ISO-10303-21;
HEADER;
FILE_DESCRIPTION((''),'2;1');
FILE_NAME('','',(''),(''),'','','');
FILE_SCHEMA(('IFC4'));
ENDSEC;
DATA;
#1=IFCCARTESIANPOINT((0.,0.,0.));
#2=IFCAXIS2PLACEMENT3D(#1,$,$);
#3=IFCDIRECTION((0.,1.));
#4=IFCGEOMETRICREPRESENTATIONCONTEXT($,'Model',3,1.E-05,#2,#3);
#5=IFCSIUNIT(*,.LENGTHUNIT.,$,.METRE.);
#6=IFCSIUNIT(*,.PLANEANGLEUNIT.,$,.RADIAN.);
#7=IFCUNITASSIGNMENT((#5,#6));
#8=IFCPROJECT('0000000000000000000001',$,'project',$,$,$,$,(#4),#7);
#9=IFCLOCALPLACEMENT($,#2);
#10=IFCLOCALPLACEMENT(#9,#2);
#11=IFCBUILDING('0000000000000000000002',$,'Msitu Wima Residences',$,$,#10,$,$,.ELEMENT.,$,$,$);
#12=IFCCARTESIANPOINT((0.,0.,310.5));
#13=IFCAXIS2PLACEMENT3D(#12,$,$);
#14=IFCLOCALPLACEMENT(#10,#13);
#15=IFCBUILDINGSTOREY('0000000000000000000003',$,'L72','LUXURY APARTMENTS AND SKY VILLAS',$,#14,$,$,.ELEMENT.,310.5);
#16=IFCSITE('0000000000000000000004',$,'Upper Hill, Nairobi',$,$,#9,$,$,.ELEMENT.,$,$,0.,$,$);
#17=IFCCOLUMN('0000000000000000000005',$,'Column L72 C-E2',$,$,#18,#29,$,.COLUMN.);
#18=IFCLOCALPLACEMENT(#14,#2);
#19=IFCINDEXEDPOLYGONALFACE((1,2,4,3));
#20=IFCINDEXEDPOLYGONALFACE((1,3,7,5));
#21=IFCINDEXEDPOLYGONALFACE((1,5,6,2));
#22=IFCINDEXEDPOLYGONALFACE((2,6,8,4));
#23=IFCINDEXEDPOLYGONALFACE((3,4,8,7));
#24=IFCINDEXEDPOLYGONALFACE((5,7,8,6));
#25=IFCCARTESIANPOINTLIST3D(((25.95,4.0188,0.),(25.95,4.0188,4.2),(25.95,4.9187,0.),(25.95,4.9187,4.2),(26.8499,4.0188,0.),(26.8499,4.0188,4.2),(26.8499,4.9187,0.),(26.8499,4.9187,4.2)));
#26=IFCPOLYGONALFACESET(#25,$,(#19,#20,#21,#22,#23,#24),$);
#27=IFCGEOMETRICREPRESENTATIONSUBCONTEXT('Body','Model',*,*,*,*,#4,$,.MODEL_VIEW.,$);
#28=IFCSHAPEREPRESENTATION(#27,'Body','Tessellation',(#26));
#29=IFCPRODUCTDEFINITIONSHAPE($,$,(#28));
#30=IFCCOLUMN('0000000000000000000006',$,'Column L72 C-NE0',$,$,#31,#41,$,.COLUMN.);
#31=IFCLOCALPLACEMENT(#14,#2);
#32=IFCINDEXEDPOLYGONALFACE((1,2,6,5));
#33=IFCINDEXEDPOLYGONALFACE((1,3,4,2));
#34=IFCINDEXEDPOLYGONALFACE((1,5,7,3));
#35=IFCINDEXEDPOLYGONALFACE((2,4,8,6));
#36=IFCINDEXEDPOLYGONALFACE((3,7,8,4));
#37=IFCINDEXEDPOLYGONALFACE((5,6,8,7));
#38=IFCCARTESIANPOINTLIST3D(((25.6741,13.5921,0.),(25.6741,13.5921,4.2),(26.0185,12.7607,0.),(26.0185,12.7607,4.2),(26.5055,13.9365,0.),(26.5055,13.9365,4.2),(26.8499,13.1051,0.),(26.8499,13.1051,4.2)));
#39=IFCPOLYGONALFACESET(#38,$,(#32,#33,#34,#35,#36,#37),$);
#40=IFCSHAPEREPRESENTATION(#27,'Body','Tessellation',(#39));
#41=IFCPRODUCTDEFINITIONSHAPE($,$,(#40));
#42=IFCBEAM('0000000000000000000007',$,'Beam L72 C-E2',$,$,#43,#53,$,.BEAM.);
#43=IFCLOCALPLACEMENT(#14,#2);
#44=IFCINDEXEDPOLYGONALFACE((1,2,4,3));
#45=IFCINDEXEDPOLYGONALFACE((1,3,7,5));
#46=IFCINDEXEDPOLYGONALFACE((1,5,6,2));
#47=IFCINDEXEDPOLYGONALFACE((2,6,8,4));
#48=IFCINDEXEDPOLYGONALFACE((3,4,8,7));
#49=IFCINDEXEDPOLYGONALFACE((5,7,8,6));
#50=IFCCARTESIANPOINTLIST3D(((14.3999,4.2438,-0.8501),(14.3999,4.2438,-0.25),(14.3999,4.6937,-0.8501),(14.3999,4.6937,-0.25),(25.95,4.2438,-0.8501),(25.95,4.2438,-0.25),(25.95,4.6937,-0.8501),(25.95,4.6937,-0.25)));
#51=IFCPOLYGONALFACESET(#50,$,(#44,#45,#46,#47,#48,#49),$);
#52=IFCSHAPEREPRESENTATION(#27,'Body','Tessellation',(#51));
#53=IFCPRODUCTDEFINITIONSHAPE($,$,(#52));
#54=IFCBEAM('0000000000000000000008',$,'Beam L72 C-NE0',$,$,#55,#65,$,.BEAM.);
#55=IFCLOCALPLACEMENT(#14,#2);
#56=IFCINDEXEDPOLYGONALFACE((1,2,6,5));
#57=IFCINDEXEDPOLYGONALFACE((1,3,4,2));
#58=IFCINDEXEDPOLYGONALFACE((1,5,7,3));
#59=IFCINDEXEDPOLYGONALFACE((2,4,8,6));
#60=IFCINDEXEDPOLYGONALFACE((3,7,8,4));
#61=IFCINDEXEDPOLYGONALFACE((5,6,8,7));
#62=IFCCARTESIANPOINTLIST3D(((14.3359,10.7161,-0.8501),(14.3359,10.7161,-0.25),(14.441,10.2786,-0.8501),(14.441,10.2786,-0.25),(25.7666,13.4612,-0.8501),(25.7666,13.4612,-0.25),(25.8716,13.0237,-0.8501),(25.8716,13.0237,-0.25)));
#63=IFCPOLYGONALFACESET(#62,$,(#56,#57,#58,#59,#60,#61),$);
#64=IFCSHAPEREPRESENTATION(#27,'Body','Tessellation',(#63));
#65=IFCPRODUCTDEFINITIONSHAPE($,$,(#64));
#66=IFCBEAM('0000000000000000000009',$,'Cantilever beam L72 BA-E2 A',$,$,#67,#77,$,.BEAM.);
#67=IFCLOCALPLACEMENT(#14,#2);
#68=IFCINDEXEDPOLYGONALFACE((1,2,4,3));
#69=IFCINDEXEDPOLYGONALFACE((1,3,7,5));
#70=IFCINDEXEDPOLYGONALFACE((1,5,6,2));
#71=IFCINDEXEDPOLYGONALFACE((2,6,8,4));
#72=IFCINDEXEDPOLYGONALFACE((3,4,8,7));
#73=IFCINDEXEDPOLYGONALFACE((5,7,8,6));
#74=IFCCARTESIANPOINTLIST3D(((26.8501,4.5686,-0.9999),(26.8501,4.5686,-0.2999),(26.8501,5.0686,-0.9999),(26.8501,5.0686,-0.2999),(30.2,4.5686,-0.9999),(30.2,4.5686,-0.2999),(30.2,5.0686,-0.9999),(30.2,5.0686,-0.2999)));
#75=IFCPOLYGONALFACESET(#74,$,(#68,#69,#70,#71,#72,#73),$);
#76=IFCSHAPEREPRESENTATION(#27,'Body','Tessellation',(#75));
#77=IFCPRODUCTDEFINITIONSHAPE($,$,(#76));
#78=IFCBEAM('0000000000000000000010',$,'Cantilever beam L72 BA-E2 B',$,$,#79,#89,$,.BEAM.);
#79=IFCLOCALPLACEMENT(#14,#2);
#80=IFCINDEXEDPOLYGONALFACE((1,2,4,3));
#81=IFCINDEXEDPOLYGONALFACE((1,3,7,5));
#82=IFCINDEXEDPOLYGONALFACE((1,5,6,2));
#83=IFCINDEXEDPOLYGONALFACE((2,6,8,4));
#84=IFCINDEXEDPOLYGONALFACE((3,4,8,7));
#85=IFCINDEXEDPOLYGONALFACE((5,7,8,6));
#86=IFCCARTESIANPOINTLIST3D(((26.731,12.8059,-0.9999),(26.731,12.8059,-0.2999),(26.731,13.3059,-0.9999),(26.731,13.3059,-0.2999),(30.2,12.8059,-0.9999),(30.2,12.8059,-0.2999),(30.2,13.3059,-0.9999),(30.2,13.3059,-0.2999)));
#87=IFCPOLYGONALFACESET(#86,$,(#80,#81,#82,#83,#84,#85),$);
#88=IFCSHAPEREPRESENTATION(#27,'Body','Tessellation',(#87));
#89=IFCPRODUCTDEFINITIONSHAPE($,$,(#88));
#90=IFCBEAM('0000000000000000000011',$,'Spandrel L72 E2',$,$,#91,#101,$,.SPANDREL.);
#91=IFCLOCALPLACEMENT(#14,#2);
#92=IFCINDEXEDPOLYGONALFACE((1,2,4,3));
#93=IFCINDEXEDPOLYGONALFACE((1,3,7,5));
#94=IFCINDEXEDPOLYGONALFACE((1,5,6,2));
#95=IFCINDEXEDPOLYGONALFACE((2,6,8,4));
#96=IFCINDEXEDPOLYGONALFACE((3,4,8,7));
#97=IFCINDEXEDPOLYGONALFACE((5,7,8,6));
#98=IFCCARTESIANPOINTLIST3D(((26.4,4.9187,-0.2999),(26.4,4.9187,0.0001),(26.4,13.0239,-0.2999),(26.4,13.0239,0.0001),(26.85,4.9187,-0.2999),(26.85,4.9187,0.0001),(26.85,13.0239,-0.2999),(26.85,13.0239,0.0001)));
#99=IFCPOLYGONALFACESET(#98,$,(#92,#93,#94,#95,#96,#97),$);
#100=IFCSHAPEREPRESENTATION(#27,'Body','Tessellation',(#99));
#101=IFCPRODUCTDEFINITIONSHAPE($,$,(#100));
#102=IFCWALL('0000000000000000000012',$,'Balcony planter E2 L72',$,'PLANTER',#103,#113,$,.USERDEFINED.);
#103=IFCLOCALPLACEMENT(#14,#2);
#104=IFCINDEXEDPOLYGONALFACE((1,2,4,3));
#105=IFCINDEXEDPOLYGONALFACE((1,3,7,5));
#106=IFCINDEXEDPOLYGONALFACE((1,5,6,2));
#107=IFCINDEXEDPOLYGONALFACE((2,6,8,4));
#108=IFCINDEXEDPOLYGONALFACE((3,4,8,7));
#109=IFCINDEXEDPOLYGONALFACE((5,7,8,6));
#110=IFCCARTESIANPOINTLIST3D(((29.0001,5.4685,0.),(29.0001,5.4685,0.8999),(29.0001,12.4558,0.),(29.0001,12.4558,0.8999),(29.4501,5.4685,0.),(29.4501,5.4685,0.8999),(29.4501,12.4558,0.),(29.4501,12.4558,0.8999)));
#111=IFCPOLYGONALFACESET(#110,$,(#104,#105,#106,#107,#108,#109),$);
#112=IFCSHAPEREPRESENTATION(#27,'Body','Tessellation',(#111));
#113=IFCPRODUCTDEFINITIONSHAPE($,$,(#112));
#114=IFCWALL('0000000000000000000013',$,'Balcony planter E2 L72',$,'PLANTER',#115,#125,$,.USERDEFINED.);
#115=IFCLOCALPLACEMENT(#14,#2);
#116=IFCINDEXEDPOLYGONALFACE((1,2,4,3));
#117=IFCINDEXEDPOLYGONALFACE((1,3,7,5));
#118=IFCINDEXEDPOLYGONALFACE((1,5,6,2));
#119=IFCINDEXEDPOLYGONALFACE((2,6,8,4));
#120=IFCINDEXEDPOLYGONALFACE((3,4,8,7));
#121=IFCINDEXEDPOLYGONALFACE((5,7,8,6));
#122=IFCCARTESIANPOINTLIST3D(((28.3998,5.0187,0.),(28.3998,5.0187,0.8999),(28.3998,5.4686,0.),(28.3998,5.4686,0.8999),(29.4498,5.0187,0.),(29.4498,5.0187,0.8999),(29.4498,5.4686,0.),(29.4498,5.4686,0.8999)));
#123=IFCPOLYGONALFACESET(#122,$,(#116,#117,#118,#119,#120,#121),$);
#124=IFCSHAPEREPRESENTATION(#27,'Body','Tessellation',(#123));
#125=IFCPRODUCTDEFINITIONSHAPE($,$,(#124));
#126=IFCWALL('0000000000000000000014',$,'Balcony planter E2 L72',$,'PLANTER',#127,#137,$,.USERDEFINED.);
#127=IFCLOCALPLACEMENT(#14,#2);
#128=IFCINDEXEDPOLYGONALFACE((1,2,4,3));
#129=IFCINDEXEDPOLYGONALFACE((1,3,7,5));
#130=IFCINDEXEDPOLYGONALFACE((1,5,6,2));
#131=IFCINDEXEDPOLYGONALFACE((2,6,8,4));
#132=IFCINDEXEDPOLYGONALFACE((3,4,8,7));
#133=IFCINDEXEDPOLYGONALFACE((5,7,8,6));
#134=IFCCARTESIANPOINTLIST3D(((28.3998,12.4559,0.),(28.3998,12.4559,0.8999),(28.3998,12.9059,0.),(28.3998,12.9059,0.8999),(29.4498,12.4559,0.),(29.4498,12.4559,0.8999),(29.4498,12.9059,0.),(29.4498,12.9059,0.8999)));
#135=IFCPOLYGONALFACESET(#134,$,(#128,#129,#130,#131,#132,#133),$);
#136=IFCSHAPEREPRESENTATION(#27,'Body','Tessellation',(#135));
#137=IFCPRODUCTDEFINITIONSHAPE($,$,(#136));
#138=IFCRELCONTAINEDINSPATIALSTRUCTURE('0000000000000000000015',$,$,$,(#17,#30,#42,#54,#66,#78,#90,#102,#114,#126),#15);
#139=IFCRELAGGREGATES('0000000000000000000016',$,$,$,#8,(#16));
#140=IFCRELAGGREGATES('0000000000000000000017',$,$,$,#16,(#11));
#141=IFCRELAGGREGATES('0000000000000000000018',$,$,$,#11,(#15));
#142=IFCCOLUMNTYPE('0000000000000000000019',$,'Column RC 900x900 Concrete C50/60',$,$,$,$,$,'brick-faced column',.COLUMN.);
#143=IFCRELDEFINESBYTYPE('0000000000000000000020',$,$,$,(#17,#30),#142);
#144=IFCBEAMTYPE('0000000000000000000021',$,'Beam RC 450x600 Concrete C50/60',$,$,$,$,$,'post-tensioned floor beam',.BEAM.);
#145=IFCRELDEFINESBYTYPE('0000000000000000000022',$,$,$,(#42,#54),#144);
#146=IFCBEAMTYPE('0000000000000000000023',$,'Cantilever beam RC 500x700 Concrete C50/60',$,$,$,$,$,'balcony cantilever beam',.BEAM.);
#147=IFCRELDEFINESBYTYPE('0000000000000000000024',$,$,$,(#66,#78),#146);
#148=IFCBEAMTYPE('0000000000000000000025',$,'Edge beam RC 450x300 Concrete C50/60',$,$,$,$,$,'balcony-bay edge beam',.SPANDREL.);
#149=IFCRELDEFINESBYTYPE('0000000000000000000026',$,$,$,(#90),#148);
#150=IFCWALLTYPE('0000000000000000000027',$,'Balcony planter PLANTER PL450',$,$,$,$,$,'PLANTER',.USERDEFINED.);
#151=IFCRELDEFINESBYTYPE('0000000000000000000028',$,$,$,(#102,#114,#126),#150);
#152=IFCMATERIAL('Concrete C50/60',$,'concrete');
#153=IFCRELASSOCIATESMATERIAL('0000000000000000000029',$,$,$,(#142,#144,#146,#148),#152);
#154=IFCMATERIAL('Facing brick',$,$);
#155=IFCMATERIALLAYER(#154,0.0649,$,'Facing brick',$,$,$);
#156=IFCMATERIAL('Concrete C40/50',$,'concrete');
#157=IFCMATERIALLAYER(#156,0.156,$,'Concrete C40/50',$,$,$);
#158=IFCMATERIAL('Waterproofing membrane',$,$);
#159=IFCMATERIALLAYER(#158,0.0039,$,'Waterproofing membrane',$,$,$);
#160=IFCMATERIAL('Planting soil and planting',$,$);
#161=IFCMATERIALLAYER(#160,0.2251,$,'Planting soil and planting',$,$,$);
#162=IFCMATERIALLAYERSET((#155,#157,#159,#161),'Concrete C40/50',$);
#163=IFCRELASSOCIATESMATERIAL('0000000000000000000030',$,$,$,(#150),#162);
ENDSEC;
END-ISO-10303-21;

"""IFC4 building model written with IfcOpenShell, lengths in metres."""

from ifc_helpers import new_model, si_unit, direction, frame, frame_2d, origin, origin_2d, place, context, subcontext, project, spatial, rectangle, extrude, material, layer, layer_set, material_profile, profile_set, type_object, element, save


model = new_model("IFC4")

# Units and contexts
model_context = context("Model", 3, precision=1e-05, world=origin(), true_north=direction((0.0, 1.0)))
body_context = subcontext(model_context, "Body", "Model", "MODEL_VIEW")
ifc_project = project(units=[si_unit("LENGTHUNIT", "METRE"), si_unit("PLANEANGLEUNIT", "RADIAN")], contexts=[model_context])

# Site, building, storey
site_placement = place(None, origin())
site = spatial("IfcSite", under=ifc_project, at=site_placement, Name="Upper Hill, Nairobi", CompositionType="ELEMENT", RefElevation=0.0)
building_placement = place(site_placement, origin())
building = spatial("IfcBuilding", under=site, at=building_placement, Name="Msitu Wima Residences", CompositionType="ELEMENT")
storey_placement = place(building_placement, frame((0.0, 0.0, 310.5)))
storey = spatial("IfcBuildingStorey", under=building, at=storey_placement, Name="L72", Description="LUXURY APARTMENTS AND SKY VILLAS", CompositionType="ELEMENT", Elevation=310.5)

# Columns
ifc_material_1 = material(Name="Concrete C50/60", Category="concrete")
ifc_material_profile_1 = material_profile(ifc_material_1, rectangle(XDim=0.8999, YDim=0.8999, at=origin_2d()), Name="RC 900x900")
ifc_profile_set_1 = profile_set([ifc_material_profile_1], Name="Concrete C50/60")
column_type = type_object("IfcColumnType", Name="Column RC 900x900 Concrete C50/60", ElementType="brick-faced column", PredefinedType="COLUMN", material=ifc_profile_set_1)
for number, where, z_axis, x_axis, name in (
    (1, (26.3999, 4.4688, 0.0), (0.0, 0.0, 1.0), (0.0, 1.0, 0.0), "Column L72 C-E2"),
    (2, (26.262, 13.3486, 0.0), (0.0, 0.0, 1.0), (-0.382683, 0.92388, 0.0), "Column L72 C-NE0"),
):
    element("IfcColumn", number, at=place(storey_placement, frame(where, z_axis=z_axis, x_axis=x_axis)), inside=storey, type_object=column_type, Name=name, PredefinedType="COLUMN", context=body_context, shape_type="SweptSolid", body=[
        extrude(rectangle(XDim=0.8999, YDim=0.8999, at=origin_2d()), origin(), (0.0, 0.0, 1.0), 4.2),
    ])

# Beams
ifc_material_profile_2 = material_profile(ifc_material_1, rectangle(XDim=0.45, YDim=0.6001, at=origin_2d()), Name="RC 450x600")
ifc_profile_set_2 = profile_set([ifc_material_profile_2], Name="Concrete C50/60")
beam_type_1 = type_object("IfcBeamType", Name="Beam RC 450x600 Concrete C50/60", ElementType="post-tensioned floor beam", PredefinedType="BEAM", material=ifc_profile_set_2)
beam_1_placement = place(storey_placement, frame((25.95, 4.4688, -0.55), z_axis=(-1.0, 0.0, 0.0), x_axis=(0.0, -1.0, 0.0)))
element("IfcBeam", 3, at=beam_1_placement, inside=storey, type_object=beam_type_1, Name="Beam L72 C-E2", PredefinedType="BEAM", context=body_context, shape_type="SweptSolid", body=[
    extrude(rectangle(XDim=0.45, YDim=0.6001, at=origin_2d()), origin(), (0.0, 0.0, 1.0), 11.55),
])
beam_2_placement = place(storey_placement, frame((25.8191, 13.2424, -0.55), z_axis=(-0.972353, -0.233514, 0.0), x_axis=(0.233514, -0.972353, 0.0)))
element("IfcBeam", 4, at=beam_2_placement, inside=storey, type_object=beam_type_1, Name="Beam L72 C-NE0", PredefinedType="BEAM", context=body_context, shape_type="SweptSolid", body=[
    extrude(rectangle(XDim=0.45, YDim=0.6001, at=origin_2d()), origin(), (0.0, 0.0, 1.0), 11.7556),
])
ifc_material_profile_3 = material_profile(ifc_material_1, rectangle(XDim=0.5, YDim=0.7, at=origin_2d()), Name="RC 500x700")
ifc_profile_set_3 = profile_set([ifc_material_profile_3], Name="Concrete C50/60")
beam_type_2 = type_object("IfcBeamType", Name="Cantilever beam RC 500x700 Concrete C50/60", ElementType="balcony cantilever beam", PredefinedType="BEAM", material=ifc_profile_set_3)
beam_3_placement = place(storey_placement, frame((26.8501, 4.8186, -0.6499), z_axis=(1.0, 0.0, 0.0), x_axis=(0.0, 1.0, 0.0)))
element("IfcBeam", 5, at=beam_3_placement, inside=storey, type_object=beam_type_2, Name="Cantilever beam L72 BA-E2 A", PredefinedType="BEAM", context=body_context, shape_type="SweptSolid", body=[
    extrude(rectangle(XDim=0.5, YDim=0.7, at=origin_2d()), origin(), (0.0, 0.0, 1.0), 3.3499),
])
beam_4_placement = place(storey_placement, frame((26.731, 13.0559, -0.6499), z_axis=(1.0, 0.0, 0.0), x_axis=(0.0, 1.0, 0.0)))
element("IfcBeam", 6, at=beam_4_placement, inside=storey, type_object=beam_type_2, Name="Cantilever beam L72 BA-E2 B", PredefinedType="BEAM", context=body_context, shape_type="SweptSolid", body=[
    extrude(rectangle(XDim=0.5, YDim=0.7, at=origin_2d()), origin(), (0.0, 0.0, 1.0), 3.469),
])
ifc_material_profile_4 = material_profile(ifc_material_1, rectangle(XDim=0.45, YDim=0.3, at=origin_2d()), Name="RC 450x300")
ifc_profile_set_4 = profile_set([ifc_material_profile_4], Name="Concrete C50/60")
beam_type_3 = type_object("IfcBeamType", Name="Edge beam RC 450x300 Concrete C50/60", ElementType="balcony-bay edge beam", PredefinedType="SPANDREL", material=ifc_profile_set_4)
beam_5_placement = place(storey_placement, frame((26.625, 4.9187, -0.1499), z_axis=(0.0, 1.0, 0.0), x_axis=(-1.0, 0.0, 0.0)))
element("IfcBeam", 7, at=beam_5_placement, inside=storey, type_object=beam_type_3, Name="Spandrel L72 E2", PredefinedType="SPANDREL", context=body_context, shape_type="SweptSolid", body=[
    extrude(rectangle(XDim=0.45, YDim=0.3, at=origin_2d()), origin(), (0.0, 0.0, 1.0), 8.1052),
])

# Walls
ifc_material_2 = material(Name="Facing brick")
ifc_layer_1 = layer(ifc_material_2, 0.0649, Name="Facing brick")
ifc_material_3 = material(Name="Concrete C40/50", Category="concrete")
ifc_layer_2 = layer(ifc_material_3, 0.156, Name="Concrete C40/50")
ifc_material_4 = material(Name="Waterproofing membrane")
ifc_layer_3 = layer(ifc_material_4, 0.0039, Name="Waterproofing membrane")
ifc_material_5 = material(Name="Planting soil and planting")
ifc_layer_4 = layer(ifc_material_5, 0.2251, Name="Planting soil and planting")
ifc_layer_set_1 = layer_set([ifc_layer_1, ifc_layer_2, ifc_layer_3, ifc_layer_4], Name="Concrete C40/50")
wall_type_1 = type_object("IfcWallType", Name="Balcony planter PLANTER PL450", ElementType="PLANTER", PredefinedType="USERDEFINED", material=ifc_layer_set_1)
wall_1_placement = place(storey_placement, frame((29.2251, 5.4685, 0.0), z_axis=(0.0, 0.0, 1.0), x_axis=(0.0, 1.0, 0.0)))
element("IfcWall", 8, at=wall_1_placement, inside=storey, type_object=wall_type_1, Name="Balcony planter E2 L72", ObjectType="PLANTER", PredefinedType="USERDEFINED", context=body_context, shape_type="SweptSolid", body=[
    extrude(rectangle(XDim=6.9873, YDim=0.45, at=frame_2d((3.4937, 0.0))), origin(), (0.0, 0.0, 1.0), 0.8999),
])
for number, where, z_axis, x_axis, name in (
    (9, (28.3999, 5.2437, 0.0), (0.0, 0.0, 1.0), (1.0, 0.0, 0.0), "Balcony planter E2 L72"),
    (10, (28.3999, 12.6809, 0.0), (0.0, 0.0, 1.0), (1.0, 0.0, 0.0), "Balcony planter E2 L72"),
):
    element("IfcWall", number, at=place(storey_placement, frame(where, z_axis=z_axis, x_axis=x_axis)), inside=storey, type_object=wall_type_1, Name=name, ObjectType="PLANTER", PredefinedType="USERDEFINED", context=body_context, shape_type="SweptSolid", body=[
        extrude(rectangle(XDim=1.05, YDim=0.45, at=frame_2d((0.5249, 0.0))), origin(), (0.0, 0.0, 1.0), 0.8999),
    ])

save(model, "model.ifc")
